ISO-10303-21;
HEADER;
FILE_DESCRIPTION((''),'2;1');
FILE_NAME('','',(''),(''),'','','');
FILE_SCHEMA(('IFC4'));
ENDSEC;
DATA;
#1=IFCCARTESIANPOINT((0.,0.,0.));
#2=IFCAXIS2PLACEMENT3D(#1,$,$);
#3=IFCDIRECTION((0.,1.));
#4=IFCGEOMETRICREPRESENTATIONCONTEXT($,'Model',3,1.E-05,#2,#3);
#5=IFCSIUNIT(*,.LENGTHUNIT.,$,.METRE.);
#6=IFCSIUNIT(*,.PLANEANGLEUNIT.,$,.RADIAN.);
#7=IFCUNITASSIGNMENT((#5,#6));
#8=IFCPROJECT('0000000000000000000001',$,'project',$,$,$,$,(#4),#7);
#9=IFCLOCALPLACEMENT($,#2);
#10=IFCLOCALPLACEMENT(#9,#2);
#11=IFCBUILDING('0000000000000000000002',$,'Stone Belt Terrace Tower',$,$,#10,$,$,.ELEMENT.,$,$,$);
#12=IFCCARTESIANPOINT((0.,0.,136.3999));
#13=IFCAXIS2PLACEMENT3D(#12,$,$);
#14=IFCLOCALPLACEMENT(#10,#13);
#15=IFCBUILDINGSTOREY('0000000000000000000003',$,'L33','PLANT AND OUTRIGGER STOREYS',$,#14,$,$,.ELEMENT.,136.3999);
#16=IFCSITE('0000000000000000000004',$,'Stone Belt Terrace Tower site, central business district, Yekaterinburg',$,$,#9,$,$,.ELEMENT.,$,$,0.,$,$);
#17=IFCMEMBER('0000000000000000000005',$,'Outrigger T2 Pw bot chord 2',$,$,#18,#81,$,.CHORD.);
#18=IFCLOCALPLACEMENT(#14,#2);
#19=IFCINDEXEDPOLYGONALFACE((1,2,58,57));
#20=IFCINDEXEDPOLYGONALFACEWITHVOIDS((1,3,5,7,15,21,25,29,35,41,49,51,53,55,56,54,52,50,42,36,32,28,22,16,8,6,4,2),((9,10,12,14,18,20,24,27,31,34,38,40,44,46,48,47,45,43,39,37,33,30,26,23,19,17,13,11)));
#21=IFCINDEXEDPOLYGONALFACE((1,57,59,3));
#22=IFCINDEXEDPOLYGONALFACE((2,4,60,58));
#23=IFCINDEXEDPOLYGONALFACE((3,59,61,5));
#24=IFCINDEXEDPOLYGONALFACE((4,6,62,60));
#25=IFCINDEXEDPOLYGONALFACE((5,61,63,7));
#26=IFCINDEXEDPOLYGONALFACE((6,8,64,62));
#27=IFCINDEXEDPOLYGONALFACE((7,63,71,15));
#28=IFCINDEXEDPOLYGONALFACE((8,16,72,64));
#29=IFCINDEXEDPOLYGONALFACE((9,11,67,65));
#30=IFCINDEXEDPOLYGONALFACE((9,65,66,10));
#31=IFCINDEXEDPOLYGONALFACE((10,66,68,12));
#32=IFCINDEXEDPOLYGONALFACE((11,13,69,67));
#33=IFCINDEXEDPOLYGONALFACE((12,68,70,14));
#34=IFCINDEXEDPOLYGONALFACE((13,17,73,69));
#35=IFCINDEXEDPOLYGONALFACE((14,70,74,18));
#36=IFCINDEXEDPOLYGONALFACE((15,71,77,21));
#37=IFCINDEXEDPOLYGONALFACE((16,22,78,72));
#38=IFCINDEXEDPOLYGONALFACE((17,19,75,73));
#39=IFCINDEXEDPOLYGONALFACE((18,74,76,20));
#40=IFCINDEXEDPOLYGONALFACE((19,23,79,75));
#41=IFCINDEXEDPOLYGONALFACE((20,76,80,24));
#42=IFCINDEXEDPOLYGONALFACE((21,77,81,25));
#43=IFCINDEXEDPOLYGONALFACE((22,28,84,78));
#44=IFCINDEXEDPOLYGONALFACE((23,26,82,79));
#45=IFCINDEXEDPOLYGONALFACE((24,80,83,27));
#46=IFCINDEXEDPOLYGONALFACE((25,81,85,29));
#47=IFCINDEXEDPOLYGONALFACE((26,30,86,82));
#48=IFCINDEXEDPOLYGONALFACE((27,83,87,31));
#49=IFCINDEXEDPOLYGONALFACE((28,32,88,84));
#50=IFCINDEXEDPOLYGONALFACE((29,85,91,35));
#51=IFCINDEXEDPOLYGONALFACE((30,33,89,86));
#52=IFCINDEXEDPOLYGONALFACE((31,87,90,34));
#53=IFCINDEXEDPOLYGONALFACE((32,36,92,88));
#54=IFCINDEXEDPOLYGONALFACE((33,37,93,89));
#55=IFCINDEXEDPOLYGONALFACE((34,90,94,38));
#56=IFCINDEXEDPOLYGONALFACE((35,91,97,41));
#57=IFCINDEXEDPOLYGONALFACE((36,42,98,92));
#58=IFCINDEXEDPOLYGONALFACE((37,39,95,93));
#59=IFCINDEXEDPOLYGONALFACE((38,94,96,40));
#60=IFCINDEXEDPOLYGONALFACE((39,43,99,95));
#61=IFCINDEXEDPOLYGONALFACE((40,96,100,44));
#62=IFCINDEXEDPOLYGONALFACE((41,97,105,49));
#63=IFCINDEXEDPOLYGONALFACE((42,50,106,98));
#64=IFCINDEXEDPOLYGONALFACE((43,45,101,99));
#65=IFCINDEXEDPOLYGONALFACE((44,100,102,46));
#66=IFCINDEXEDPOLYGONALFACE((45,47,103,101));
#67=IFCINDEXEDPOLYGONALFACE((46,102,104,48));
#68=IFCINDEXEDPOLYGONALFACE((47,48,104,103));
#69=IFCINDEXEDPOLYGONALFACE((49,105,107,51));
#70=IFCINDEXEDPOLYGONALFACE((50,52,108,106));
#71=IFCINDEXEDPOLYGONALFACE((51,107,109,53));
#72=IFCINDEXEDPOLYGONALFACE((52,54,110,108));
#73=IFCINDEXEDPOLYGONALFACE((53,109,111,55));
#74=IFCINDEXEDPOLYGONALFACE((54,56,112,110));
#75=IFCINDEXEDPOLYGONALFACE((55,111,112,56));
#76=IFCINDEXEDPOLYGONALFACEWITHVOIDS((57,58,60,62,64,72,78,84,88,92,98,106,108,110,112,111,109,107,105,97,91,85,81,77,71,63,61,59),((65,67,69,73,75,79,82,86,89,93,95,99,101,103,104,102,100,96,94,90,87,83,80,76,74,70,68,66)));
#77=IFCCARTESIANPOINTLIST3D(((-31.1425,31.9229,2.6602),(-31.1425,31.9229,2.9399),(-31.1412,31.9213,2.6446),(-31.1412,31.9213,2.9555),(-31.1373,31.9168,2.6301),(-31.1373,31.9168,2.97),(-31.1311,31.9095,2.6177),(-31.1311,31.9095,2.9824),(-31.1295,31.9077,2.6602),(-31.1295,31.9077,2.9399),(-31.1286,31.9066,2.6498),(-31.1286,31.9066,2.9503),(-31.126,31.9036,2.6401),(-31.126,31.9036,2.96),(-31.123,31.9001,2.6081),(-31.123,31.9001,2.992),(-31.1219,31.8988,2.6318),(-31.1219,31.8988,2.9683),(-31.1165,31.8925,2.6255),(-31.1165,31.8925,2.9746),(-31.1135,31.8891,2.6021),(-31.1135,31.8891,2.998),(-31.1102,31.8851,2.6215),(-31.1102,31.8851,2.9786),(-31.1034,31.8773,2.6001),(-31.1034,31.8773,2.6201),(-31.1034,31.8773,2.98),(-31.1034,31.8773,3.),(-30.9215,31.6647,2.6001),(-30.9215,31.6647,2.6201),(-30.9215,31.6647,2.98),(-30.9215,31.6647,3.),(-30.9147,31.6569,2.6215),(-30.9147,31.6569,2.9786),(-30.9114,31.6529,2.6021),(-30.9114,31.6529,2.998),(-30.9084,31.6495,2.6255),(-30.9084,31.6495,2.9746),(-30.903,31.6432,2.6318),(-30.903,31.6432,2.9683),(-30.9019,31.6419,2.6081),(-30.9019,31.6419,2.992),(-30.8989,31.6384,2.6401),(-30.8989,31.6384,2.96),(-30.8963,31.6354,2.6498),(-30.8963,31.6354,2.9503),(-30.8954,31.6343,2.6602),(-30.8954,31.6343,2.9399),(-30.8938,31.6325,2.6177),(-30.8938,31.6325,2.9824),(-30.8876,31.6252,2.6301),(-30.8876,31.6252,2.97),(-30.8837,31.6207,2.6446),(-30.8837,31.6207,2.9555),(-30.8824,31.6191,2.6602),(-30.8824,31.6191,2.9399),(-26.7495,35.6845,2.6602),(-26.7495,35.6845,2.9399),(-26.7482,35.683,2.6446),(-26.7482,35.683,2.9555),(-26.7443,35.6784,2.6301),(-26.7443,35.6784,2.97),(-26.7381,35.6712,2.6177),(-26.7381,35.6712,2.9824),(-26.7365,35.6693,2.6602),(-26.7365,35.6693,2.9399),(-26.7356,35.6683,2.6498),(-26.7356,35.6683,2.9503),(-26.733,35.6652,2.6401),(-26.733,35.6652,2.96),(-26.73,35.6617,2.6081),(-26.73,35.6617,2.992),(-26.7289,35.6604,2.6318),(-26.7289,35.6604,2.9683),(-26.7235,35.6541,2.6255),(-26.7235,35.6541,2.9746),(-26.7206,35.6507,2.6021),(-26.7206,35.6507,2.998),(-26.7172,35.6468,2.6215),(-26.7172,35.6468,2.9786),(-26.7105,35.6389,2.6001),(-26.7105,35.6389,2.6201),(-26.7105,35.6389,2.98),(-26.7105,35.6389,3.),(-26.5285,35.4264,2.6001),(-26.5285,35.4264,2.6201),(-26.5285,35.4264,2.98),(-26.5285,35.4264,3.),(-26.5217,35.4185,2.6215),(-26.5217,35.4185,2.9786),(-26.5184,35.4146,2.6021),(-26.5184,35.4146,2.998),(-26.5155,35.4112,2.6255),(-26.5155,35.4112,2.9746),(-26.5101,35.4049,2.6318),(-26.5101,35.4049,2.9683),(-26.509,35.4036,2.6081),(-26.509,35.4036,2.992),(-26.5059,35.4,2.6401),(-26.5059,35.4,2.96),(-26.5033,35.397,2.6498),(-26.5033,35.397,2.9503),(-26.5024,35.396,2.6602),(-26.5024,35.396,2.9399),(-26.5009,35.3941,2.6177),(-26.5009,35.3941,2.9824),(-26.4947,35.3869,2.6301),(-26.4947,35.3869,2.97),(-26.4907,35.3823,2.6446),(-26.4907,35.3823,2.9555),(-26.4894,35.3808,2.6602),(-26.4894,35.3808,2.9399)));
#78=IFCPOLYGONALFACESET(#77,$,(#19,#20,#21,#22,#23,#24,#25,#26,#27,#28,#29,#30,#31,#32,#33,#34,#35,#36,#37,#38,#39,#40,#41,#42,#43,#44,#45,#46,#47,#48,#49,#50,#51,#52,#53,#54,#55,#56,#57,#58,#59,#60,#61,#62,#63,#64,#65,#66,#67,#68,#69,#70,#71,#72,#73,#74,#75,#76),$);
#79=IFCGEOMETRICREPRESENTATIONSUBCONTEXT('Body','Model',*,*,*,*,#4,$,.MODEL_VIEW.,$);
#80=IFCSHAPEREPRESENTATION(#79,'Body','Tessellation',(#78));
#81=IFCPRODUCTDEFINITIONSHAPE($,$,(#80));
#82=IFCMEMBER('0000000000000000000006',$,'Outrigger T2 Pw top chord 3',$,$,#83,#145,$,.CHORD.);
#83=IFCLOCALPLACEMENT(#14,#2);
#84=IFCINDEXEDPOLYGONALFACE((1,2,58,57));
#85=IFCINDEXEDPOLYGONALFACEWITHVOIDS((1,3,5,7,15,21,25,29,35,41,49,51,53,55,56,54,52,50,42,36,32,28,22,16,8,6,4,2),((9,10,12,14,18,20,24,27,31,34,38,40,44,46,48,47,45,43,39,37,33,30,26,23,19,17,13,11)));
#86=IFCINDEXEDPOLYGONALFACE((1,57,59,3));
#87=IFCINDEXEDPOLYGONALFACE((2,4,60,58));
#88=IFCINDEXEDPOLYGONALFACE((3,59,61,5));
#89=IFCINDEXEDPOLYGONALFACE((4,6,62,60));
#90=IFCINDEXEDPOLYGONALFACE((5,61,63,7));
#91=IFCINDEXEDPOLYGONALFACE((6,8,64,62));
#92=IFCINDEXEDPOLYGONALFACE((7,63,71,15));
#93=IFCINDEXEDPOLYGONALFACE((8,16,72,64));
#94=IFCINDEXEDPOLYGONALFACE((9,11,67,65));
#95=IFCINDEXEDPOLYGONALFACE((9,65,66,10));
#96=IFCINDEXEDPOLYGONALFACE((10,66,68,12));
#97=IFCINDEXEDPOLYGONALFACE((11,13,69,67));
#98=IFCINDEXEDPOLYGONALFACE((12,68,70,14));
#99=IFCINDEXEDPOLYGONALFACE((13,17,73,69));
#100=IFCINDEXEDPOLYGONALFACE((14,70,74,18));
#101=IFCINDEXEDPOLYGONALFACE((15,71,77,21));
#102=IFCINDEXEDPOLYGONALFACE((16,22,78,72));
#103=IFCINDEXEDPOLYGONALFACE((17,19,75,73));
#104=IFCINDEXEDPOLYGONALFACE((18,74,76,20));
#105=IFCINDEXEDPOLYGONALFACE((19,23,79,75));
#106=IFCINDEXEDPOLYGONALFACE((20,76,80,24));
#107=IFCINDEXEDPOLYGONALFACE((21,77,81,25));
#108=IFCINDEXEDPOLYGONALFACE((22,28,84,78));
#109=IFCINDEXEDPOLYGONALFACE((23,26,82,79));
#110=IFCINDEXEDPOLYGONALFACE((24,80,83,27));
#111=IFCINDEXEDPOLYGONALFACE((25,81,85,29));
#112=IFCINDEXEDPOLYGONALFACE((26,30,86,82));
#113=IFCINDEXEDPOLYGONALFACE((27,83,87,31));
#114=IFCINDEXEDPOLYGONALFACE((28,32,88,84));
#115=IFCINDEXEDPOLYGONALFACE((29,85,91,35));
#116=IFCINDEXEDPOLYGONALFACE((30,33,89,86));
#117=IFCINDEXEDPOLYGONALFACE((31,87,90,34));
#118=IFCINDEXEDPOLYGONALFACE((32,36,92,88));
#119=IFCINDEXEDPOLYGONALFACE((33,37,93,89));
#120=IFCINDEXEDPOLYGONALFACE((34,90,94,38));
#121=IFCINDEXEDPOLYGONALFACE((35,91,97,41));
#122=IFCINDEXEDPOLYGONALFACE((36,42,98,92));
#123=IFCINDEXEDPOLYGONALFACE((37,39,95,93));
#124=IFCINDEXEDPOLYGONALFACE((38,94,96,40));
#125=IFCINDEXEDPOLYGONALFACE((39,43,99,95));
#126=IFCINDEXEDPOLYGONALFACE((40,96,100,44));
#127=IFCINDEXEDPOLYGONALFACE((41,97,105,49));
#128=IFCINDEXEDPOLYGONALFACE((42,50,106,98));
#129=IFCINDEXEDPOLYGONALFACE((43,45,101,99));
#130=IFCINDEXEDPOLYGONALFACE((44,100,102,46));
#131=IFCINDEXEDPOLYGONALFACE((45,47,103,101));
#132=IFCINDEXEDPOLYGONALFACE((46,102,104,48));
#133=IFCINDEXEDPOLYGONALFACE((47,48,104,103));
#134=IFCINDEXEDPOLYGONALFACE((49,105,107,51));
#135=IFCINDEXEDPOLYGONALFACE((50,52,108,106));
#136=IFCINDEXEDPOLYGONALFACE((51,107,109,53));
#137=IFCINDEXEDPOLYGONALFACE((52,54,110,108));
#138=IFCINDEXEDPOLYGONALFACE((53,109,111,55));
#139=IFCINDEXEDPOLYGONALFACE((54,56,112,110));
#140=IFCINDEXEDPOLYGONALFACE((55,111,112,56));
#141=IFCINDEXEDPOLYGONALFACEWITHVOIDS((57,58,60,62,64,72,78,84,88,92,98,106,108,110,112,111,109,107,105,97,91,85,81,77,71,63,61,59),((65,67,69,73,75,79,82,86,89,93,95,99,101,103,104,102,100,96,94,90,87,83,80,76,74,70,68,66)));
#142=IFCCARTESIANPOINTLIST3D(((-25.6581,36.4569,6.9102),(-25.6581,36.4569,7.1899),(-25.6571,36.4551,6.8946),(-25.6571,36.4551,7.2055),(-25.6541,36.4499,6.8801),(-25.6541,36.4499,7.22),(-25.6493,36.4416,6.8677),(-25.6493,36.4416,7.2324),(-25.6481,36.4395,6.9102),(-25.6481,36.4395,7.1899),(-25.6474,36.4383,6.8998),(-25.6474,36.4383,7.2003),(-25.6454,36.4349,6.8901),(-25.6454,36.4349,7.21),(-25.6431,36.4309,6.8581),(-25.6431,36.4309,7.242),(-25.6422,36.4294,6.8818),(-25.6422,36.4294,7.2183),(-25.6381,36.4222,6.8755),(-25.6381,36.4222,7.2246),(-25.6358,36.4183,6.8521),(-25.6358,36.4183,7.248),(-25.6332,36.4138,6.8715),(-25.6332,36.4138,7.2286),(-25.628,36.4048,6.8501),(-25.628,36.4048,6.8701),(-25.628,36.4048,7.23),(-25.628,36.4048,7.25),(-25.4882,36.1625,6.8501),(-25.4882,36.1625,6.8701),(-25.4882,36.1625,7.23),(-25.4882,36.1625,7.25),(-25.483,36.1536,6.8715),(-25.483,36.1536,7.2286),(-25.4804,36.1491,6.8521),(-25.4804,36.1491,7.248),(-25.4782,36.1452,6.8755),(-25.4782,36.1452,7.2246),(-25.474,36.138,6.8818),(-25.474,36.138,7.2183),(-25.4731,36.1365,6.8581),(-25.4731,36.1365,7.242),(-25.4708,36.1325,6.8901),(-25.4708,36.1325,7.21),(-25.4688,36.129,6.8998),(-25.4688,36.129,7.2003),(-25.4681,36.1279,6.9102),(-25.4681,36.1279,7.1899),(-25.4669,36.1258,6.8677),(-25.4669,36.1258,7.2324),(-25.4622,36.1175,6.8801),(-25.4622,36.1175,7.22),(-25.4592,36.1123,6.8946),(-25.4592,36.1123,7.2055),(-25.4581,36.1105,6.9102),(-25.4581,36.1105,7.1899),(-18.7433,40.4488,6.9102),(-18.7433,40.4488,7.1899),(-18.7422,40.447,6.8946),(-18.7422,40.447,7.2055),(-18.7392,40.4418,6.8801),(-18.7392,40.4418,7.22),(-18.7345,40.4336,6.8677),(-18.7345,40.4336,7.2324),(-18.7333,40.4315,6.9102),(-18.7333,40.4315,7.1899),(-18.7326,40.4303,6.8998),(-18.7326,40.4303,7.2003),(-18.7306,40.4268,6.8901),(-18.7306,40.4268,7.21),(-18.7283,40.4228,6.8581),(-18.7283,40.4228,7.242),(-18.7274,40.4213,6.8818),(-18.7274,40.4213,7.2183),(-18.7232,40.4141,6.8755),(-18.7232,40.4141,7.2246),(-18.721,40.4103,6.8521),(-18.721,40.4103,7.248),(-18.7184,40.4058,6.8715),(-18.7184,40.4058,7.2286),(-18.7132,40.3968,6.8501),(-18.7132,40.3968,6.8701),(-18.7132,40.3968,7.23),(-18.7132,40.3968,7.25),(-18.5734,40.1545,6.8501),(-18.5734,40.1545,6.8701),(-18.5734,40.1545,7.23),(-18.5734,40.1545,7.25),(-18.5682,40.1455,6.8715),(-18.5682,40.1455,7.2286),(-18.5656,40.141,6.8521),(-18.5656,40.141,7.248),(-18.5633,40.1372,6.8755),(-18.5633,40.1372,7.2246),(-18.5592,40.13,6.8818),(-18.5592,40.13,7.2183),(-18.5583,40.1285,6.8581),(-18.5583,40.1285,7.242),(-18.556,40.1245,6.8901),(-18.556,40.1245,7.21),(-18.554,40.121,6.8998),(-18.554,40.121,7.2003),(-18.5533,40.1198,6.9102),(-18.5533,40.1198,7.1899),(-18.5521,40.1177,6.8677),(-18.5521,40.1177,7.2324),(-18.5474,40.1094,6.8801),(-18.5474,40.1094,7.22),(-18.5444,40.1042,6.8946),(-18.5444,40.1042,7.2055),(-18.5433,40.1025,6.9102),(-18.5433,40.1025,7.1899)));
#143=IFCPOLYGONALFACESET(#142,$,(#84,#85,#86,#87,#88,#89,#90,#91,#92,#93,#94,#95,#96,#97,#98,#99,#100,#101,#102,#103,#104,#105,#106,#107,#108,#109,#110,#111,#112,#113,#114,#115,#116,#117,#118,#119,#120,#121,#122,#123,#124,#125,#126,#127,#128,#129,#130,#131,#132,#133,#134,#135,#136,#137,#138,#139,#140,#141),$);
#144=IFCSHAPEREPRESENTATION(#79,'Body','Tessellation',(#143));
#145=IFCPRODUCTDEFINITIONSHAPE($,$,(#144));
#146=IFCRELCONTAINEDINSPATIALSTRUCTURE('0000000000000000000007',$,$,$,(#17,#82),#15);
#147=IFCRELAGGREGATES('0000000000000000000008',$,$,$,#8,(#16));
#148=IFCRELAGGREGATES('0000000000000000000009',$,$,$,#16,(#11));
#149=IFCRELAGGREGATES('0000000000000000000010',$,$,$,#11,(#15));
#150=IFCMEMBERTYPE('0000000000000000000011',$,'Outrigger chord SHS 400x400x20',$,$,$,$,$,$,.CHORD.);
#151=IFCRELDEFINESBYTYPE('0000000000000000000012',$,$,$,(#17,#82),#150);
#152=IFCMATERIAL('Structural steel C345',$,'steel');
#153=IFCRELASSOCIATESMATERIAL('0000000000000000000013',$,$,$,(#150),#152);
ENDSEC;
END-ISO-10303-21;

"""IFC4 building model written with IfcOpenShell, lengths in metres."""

from ifc_helpers import new_model, si_unit, direction, frame, origin, origin_2d, place, context, subcontext, project, spatial, hollow_rectangle, extrude, material, material_profile, profile_set, type_object, element, save


model = new_model("IFC4")

# Units and contexts
model_context = context("Model", 3, precision=1e-05, world=origin(), true_north=direction((0.0, 1.0)))
body_context = subcontext(model_context, "Body", "Model", "MODEL_VIEW")
ifc_project = project(units=[si_unit("LENGTHUNIT", "METRE"), si_unit("PLANEANGLEUNIT", "RADIAN")], contexts=[model_context])

# Site, building, storey
site_placement = place(None, origin())
site = spatial("IfcSite", under=ifc_project, at=site_placement, Name="Stone Belt Terrace Tower site, central business district, Yekaterinburg", CompositionType="ELEMENT", RefElevation=0.0)
building_placement = place(site_placement, origin())
building = spatial("IfcBuilding", under=site, at=building_placement, Name="Stone Belt Terrace Tower", CompositionType="ELEMENT")
storey_placement = place(building_placement, frame((0.0, 0.0, 136.3999)))
storey = spatial("IfcBuildingStorey", under=building, at=storey_placement, Name="L33", Description="PLANT AND OUTRIGGER STOREYS", CompositionType="ELEMENT", Elevation=136.3999)

# Members
ifc_material_1 = material(Name="Structural steel C345", Category="steel")
ifc_material_profile_1 = material_profile(ifc_material_1, hollow_rectangle(XDim=0.3999, YDim=0.3999, WallThickness=0.02, InnerFilletRadius=0.04, OuterFilletRadius=0.0601, at=origin_2d()), Name="SHS 400x400x20")
ifc_profile_set_1 = profile_set([ifc_material_profile_1], Name="Structural steel C345")
member_type_1 = type_object("IfcMemberType", Name="Outrigger chord SHS 400x400x20", PredefinedType="CHORD", material=ifc_profile_set_1)
for number, where, z_axis, x_axis, name in (
    (1, (-31.0125, 31.771, 2.8), (0.759578, 0.650416, 0.0), (-0.650416, 0.759578, 0.0), "Outrigger T2 Pw bot chord 2"),
):
    element("IfcMember", number, at=place(storey_placement, frame(where, z_axis=z_axis, x_axis=x_axis)), inside=storey, type_object=member_type_1, Name=name, PredefinedType="CHORD", context=body_context, shape_type="SweptSolid", body=[
        extrude(hollow_rectangle(XDim=0.3999, YDim=0.3999, WallThickness=0.02, InnerFilletRadius=0.04, OuterFilletRadius=0.0601, at=origin_2d()), origin(), (0.0, 0.0, 1.0), 5.7834),
    ])
member_1_placement = place(storey_placement, frame((-25.5581, 36.2837, 7.05), z_axis=(0.866043, 0.49997, 0.0), x_axis=(-0.49997, 0.866043, 0.0)))
element("IfcMember", 2, at=member_1_placement, inside=storey, type_object=member_type_1, Name="Outrigger T2 Pw top chord 3", PredefinedType="CHORD", context=body_context, shape_type="SweptSolid", body=[
    extrude(hollow_rectangle(XDim=0.3999, YDim=0.3999, WallThickness=0.02, InnerFilletRadius=0.04, OuterFilletRadius=0.0601, at=origin_2d()), origin(), (0.0, 0.0, 1.0), 7.9844),
])

save(model, "model.ifc")
